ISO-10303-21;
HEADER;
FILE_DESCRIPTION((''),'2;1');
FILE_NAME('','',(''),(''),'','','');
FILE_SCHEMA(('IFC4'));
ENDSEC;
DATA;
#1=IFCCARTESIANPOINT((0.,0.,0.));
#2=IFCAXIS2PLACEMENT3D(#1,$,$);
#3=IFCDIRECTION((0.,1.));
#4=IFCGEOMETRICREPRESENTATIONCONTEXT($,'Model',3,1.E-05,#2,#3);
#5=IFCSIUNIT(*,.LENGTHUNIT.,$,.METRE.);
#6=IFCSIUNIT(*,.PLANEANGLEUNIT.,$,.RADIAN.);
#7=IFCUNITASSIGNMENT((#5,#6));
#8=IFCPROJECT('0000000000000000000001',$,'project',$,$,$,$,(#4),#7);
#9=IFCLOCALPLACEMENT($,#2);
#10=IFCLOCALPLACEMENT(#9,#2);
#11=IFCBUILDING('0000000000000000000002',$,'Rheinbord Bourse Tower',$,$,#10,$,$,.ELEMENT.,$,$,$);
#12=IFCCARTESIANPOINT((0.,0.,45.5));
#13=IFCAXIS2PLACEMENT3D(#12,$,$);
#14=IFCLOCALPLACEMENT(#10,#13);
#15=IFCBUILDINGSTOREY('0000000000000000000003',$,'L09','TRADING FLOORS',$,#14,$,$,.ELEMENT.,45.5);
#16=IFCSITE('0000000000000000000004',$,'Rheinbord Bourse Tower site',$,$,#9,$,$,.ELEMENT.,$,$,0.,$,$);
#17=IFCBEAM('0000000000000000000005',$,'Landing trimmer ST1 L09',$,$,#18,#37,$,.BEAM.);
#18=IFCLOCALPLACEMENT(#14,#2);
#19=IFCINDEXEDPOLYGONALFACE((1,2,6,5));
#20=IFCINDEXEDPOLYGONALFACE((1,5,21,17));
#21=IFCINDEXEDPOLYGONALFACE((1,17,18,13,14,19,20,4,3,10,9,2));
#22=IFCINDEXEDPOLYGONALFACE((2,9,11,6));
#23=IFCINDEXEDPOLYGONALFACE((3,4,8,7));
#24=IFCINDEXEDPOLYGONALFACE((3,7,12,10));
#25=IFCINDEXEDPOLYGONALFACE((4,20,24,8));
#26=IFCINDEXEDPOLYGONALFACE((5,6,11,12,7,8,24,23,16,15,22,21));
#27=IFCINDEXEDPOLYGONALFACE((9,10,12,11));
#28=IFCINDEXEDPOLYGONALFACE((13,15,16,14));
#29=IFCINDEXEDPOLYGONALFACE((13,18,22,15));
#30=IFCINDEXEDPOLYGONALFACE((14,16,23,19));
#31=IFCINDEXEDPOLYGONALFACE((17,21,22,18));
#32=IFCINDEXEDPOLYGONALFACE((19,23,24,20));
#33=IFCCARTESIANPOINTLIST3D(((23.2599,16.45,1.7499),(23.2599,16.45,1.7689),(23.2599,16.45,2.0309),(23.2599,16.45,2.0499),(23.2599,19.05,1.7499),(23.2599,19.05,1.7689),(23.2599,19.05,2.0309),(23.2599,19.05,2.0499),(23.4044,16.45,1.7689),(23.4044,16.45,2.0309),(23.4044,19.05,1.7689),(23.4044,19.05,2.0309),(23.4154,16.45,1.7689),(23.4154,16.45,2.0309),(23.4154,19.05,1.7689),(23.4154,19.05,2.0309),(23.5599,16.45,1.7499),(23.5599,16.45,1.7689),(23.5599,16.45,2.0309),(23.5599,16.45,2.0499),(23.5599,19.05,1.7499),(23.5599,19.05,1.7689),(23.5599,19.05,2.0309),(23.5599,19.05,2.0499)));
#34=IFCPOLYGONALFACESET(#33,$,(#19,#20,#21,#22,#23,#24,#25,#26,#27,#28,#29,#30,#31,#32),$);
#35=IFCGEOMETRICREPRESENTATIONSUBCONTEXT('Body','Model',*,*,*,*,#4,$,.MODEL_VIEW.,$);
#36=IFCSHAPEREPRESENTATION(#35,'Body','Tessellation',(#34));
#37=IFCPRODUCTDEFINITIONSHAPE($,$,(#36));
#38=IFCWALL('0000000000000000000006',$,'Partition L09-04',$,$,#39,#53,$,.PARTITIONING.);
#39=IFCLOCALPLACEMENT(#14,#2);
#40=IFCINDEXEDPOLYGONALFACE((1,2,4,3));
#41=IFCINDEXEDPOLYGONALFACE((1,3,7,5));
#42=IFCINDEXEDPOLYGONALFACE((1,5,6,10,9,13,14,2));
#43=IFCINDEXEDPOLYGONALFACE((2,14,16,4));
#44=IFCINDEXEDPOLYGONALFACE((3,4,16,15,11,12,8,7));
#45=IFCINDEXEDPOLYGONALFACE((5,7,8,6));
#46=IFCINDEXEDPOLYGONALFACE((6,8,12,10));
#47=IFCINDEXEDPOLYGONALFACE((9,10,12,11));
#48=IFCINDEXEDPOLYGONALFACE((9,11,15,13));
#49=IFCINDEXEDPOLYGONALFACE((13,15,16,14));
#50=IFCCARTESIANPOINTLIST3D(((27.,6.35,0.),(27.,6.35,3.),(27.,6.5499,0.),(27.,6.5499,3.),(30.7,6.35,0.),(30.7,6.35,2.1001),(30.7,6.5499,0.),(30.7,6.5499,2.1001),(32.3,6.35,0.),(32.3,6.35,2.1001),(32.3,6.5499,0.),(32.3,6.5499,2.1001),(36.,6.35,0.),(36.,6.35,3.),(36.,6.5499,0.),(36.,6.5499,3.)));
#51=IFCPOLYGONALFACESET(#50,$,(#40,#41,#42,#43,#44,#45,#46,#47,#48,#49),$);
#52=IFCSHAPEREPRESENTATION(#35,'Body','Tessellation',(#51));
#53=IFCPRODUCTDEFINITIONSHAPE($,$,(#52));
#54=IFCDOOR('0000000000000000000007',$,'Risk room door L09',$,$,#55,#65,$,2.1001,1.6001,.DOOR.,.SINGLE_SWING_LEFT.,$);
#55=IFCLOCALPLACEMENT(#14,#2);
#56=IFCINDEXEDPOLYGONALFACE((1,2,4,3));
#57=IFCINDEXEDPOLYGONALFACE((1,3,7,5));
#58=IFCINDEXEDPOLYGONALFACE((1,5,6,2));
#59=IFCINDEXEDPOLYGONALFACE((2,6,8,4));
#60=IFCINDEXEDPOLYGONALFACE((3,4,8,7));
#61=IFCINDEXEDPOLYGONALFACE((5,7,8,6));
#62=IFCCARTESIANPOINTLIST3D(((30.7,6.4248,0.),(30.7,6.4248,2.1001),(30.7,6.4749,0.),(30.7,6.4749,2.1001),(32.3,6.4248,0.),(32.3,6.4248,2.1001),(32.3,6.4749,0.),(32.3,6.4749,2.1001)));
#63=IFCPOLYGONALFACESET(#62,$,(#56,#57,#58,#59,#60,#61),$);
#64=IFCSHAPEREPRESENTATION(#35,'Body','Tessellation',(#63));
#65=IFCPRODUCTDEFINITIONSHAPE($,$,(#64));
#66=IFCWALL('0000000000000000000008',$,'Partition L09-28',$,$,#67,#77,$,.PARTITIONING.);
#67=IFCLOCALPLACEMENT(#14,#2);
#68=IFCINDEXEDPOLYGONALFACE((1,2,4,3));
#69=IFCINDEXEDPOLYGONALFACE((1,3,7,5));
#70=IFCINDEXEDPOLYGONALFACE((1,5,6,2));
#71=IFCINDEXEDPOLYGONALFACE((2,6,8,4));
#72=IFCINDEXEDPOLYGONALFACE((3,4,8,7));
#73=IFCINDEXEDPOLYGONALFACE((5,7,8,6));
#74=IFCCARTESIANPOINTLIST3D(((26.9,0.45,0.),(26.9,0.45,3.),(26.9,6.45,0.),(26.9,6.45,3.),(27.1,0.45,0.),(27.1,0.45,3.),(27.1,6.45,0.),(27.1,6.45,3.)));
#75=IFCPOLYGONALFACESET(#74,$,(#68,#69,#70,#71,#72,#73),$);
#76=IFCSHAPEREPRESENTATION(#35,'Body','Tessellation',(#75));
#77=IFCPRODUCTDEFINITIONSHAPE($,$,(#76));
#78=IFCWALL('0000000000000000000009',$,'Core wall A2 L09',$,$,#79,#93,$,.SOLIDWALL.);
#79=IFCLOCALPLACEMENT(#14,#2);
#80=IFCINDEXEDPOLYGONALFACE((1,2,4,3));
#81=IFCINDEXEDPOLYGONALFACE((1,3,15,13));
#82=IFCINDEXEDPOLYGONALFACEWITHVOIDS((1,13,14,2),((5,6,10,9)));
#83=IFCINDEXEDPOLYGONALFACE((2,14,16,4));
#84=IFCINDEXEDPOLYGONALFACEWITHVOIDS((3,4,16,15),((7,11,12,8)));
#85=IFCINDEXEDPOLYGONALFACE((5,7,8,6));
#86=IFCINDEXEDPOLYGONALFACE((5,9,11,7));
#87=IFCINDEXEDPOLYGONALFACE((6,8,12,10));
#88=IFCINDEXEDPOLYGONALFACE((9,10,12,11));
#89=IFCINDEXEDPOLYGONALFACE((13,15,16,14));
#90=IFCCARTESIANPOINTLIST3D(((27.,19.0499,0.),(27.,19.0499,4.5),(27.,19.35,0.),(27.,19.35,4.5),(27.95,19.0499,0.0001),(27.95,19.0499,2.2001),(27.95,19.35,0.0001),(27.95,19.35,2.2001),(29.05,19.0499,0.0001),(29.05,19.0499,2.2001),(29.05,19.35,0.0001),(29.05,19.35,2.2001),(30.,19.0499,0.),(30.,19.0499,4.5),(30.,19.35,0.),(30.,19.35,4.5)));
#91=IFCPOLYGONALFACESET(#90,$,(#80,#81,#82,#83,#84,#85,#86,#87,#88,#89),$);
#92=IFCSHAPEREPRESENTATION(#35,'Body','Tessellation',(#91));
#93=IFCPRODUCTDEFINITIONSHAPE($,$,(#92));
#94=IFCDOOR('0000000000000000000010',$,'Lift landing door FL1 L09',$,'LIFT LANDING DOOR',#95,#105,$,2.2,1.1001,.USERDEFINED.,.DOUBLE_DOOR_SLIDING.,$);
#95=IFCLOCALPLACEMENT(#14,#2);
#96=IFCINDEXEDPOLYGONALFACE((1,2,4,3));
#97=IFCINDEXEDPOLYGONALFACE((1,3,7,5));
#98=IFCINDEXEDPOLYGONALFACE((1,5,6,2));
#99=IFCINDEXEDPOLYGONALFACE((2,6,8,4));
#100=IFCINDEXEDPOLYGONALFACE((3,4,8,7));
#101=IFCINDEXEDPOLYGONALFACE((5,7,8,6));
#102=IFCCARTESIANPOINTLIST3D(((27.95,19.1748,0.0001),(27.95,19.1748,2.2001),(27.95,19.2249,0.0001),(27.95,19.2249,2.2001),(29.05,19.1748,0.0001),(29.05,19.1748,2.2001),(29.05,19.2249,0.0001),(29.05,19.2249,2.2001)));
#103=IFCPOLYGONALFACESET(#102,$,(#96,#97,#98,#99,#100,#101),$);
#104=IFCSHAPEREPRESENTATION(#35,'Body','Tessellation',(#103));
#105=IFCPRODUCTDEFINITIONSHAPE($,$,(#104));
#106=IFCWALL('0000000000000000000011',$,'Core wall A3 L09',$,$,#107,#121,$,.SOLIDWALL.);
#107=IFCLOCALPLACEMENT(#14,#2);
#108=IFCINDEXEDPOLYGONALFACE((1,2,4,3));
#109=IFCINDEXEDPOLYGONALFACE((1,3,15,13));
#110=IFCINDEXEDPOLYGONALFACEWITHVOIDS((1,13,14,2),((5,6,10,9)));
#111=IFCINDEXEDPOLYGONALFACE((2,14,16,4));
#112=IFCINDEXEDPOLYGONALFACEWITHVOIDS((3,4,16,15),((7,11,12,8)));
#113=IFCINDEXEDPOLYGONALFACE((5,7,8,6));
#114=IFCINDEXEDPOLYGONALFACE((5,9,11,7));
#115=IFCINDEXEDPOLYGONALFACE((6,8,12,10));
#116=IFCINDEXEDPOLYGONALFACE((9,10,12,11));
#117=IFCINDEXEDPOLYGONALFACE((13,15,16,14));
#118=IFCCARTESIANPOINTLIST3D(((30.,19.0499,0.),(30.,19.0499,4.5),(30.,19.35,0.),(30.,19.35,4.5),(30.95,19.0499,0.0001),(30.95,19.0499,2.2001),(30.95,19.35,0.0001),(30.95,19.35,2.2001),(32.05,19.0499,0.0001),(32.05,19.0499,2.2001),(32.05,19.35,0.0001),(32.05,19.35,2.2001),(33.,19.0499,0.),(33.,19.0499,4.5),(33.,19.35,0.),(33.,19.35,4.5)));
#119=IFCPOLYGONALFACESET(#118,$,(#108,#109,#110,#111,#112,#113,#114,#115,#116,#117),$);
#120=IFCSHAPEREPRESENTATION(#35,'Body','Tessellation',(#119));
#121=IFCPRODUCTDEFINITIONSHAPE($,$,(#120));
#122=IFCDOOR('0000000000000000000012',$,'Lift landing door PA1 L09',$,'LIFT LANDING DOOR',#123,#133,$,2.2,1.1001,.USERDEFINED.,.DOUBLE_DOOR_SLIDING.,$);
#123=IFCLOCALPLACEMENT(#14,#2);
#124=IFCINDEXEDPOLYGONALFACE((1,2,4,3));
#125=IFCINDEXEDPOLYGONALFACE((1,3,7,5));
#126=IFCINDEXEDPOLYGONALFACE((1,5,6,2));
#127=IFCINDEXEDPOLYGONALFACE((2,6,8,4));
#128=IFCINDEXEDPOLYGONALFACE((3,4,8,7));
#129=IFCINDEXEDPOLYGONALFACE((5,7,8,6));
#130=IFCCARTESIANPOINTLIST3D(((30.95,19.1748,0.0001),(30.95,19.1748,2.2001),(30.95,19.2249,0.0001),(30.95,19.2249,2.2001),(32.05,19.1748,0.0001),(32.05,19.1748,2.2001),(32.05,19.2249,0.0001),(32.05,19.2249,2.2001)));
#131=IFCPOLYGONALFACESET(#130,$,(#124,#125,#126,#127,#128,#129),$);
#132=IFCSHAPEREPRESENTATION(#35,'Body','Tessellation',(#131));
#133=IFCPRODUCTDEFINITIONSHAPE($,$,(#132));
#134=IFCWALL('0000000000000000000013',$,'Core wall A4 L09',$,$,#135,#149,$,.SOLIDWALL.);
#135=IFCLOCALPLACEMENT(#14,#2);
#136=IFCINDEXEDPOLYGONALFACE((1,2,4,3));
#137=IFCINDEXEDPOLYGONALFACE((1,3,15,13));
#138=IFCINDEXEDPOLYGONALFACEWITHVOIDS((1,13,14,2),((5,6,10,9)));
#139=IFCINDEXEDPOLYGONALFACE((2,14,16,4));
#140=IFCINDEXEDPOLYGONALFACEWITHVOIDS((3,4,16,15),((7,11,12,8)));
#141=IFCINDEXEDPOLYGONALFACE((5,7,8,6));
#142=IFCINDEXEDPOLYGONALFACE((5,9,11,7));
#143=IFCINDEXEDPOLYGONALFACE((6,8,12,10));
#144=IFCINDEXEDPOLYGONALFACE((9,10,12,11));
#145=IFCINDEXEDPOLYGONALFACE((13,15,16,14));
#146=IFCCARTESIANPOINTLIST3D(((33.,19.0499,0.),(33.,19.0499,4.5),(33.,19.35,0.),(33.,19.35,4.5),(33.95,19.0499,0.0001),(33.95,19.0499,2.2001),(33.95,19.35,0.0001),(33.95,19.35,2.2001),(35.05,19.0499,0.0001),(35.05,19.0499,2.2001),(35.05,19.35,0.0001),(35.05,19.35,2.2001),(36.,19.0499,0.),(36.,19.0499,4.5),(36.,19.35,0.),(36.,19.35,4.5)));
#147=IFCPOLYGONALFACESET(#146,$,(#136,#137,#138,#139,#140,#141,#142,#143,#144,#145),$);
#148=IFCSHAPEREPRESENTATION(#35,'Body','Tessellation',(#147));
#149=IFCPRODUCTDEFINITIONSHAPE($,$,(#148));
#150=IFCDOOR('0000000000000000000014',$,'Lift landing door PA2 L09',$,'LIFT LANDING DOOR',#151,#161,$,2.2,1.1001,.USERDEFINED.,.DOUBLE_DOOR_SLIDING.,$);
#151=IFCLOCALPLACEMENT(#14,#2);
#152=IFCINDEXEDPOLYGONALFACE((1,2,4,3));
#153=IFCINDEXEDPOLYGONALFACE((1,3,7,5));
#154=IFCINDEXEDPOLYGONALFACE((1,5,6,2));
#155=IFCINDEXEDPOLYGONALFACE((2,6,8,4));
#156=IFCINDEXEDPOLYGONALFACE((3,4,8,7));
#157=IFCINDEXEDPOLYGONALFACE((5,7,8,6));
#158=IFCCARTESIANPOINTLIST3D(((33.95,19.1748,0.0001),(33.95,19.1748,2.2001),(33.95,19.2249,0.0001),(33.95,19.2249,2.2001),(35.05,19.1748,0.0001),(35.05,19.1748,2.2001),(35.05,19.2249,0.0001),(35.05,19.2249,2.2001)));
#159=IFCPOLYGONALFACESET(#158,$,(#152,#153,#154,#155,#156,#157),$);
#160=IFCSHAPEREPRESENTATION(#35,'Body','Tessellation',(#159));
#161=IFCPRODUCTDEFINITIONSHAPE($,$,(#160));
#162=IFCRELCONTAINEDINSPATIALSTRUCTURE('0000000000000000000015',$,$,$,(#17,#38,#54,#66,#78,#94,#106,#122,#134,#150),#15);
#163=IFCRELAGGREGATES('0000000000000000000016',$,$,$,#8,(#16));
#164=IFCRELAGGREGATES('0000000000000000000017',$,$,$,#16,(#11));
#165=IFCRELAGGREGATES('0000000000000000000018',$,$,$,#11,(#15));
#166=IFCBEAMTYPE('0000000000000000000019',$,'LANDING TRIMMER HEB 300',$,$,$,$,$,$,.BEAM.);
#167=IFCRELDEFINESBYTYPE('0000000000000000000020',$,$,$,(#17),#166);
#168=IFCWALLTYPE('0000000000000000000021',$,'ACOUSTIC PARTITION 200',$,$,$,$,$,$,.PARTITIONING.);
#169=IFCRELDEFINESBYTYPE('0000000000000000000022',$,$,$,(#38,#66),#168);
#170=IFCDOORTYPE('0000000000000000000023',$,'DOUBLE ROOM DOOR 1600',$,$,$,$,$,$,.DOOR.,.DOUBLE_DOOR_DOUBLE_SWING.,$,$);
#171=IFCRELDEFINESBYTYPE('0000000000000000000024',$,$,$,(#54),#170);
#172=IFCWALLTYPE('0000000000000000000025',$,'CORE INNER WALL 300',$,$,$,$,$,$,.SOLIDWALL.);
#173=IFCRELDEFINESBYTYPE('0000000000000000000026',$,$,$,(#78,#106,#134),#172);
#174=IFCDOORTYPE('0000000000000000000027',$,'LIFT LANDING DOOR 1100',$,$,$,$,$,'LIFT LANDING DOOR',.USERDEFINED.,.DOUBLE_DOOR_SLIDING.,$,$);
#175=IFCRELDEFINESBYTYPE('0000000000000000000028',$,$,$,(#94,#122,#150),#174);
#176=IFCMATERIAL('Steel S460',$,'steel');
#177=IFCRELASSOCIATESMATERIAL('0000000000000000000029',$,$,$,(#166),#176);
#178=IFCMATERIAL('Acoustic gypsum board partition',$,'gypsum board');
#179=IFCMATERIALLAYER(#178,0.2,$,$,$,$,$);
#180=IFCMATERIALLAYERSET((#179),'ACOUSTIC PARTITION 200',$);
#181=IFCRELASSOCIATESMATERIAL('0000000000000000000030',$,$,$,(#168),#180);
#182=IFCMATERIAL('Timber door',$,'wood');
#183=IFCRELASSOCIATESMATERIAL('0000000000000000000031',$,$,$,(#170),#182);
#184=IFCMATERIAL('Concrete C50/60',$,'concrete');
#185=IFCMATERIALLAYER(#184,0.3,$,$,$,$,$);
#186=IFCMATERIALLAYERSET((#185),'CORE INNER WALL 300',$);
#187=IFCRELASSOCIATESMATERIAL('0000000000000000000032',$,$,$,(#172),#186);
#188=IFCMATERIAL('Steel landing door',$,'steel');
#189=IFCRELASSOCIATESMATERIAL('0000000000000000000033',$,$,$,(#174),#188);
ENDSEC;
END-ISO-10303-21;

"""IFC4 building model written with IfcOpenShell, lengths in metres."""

from ifc_helpers import new_model, si_unit, direction, frame, frame_2d, origin, origin_2d, place, context, subcontext, project, spatial, rectangle, i_section, extrude, material, layer, layer_set, material_profile, profile_set, type_object, element, fill, save


model = new_model("IFC4")

# Units and contexts
model_context = context("Model", 3, precision=1e-05, world=origin(), true_north=direction((0.0, 1.0)))
body_context = subcontext(model_context, "Body", "Model", "MODEL_VIEW")
ifc_project = project(units=[si_unit("LENGTHUNIT", "METRE"), si_unit("PLANEANGLEUNIT", "RADIAN")], contexts=[model_context])

# Site, building, storey
site_placement = place(None, origin())
site = spatial("IfcSite", under=ifc_project, at=site_placement, Name="Rheinbord Bourse Tower site", CompositionType="ELEMENT", RefElevation=0.0)
building_placement = place(site_placement, origin())
building = spatial("IfcBuilding", under=site, at=building_placement, Name="Rheinbord Bourse Tower", CompositionType="ELEMENT")
storey_placement = place(building_placement, frame((0.0, 0.0, 45.5)))
storey = spatial("IfcBuildingStorey", under=building, at=storey_placement, Name="L09", Description="TRADING FLOORS", CompositionType="ELEMENT", Elevation=45.5)

# Beam
ifc_material_1 = material(Name="Steel S460", Category="steel")
ifc_material_profile = material_profile(ifc_material_1, i_section(OverallWidth=0.3, OverallDepth=0.3, WebThickness=0.011, FlangeThickness=0.019, at=origin_2d()), Name="HEB 300")
ifc_profile_set = profile_set([ifc_material_profile], Name="Steel S460")
beam_type = type_object("IfcBeamType", Name="LANDING TRIMMER HEB 300", PredefinedType="BEAM", material=ifc_profile_set)
beam_placement = place(storey_placement, frame((23.4099, 16.45, 1.8999), z_axis=(0.0, 1.0, 0.0), x_axis=(-1.0, 0.0, 0.0)))
element("IfcBeam", 1, at=beam_placement, inside=storey, type_object=beam_type, Name="Landing trimmer ST1 L09", PredefinedType="BEAM", context=body_context, shape_type="SweptSolid", body=[
    extrude(i_section(OverallWidth=0.3, OverallDepth=0.3, WebThickness=0.011, FlangeThickness=0.019, at=origin_2d()), origin(), (0.0, 0.0, 1.0), 2.6001),
])

# Wall, opening, door
ifc_material_2 = material(Name="Acoustic gypsum board partition", Category="gypsum board")
ifc_layer_1 = layer(ifc_material_2, 0.2)
ifc_layer_set_1 = layer_set([ifc_layer_1], Name="ACOUSTIC PARTITION 200")
wall_type_1 = type_object("IfcWallType", Name="ACOUSTIC PARTITION 200", PredefinedType="PARTITIONING", material=ifc_layer_set_1)
wall_1_placement = place(storey_placement, frame((27.0, 6.45, 0.0), z_axis=(0.0, 0.0, 1.0), x_axis=(1.0, 0.0, 0.0)))
wall_1 = element("IfcWall", 2, at=wall_1_placement, inside=storey, type_object=wall_type_1, Name="Partition L09-04", PredefinedType="PARTITIONING", context=body_context, shape_type="SweptSolid", body=[
    extrude(rectangle(XDim=9.0, YDim=0.2, at=frame_2d((4.5, 0.0))), origin(), (0.0, 0.0, 1.0), 3.0),
])
opening_1_placement = place(wall_1_placement, frame((3.7, 0.0, 0.0)))
opening_1 = element("IfcOpeningElement", 3, at=opening_1_placement, cuts=wall_1, PredefinedType="OPENING", context=body_context, shape_type="SweptSolid", body=[
    extrude(rectangle(XDim=1.6001, YDim=2.1001, at=frame_2d((0.8, 1.05))), frame((0.0, 0.1099, 0.0), z_axis=(0.0, -1.0, 0.0), x_axis=(1.0, 0.0, 0.0)), (0.0, 0.0, 1.0), 0.22),
])
ifc_material_3 = material(Name="Timber door", Category="wood")
door_type_1 = type_object("IfcDoorType", Name="DOUBLE ROOM DOOR 1600", OperationType="DOUBLE_DOOR_DOUBLE_SWING", PredefinedType="DOOR", material=ifc_material_3)
door_1_placement = place(opening_1_placement, origin())
door_1 = element("IfcDoor", 4, at=door_1_placement, inside=storey, type_object=door_type_1, Name="Risk room door L09", OperationType="SINGLE_SWING_LEFT", OverallHeight=2.1001, OverallWidth=1.6001, PredefinedType="DOOR", context=body_context, shape_type="SweptSolid", body=[
    extrude(rectangle(XDim=1.6001, YDim=2.1001, at=frame_2d((0.8, 1.05))), frame((0.0, 0.0249, 0.0), z_axis=(0.0, -1.0, 0.0), x_axis=(1.0, 0.0, 0.0)), (0.0, 0.0, 1.0), 0.05),
])
fill(opening_1, door_1)

# Wall
wall_2_placement = place(storey_placement, frame((27.0, 0.45, 0.0), z_axis=(0.0, 0.0, 1.0), x_axis=(0.0, 1.0, 0.0)))
element("IfcWall", 5, at=wall_2_placement, inside=storey, type_object=wall_type_1, Name="Partition L09-28", PredefinedType="PARTITIONING", context=body_context, shape_type="SweptSolid", body=[
    extrude(rectangle(XDim=6.0, YDim=0.2, at=frame_2d((3.0, 0.0))), origin(), (0.0, 0.0, 1.0), 3.0),
])

# Walls, openings, doors
ifc_material_4 = material(Name="Concrete C50/60", Category="concrete")
ifc_layer_2 = layer(ifc_material_4, 0.3)
ifc_layer_set_2 = layer_set([ifc_layer_2], Name="CORE INNER WALL 300")
wall_type_2 = type_object("IfcWallType", Name="CORE INNER WALL 300", PredefinedType="SOLIDWALL", material=ifc_layer_set_2)
wall_3_placement = place(storey_placement, frame((27.0, 19.2, 0.0), z_axis=(0.0, 0.0, 1.0), x_axis=(1.0, 0.0, 0.0)))
wall_3 = element("IfcWall", 6, at=wall_3_placement, inside=storey, type_object=wall_type_2, Name="Core wall A2 L09", PredefinedType="SOLIDWALL", context=body_context, shape_type="SweptSolid", body=[
    extrude(rectangle(XDim=3.0, YDim=0.3, at=frame_2d((1.5, 0.0))), origin(), (0.0, 0.0, 1.0), 4.5),
])
opening_2_placement = place(wall_3_placement, frame((0.95, 0.0, 0.0)))
opening_2 = element("IfcOpeningElement", 7, at=opening_2_placement, cuts=wall_3, PredefinedType="OPENING", context=body_context, shape_type="SweptSolid", body=[
    extrude(rectangle(XDim=1.1001, YDim=2.2, at=frame_2d((0.55, 1.1001))), frame((0.0, 0.1599, 0.0), z_axis=(0.0, -1.0, 0.0), x_axis=(1.0, 0.0, 0.0)), (0.0, 0.0, 1.0), 0.3201),
])
ifc_material_5 = material(Name="Steel landing door", Category="steel")
door_type_2 = type_object("IfcDoorType", Name="LIFT LANDING DOOR 1100", ElementType="LIFT LANDING DOOR", OperationType="DOUBLE_DOOR_SLIDING", PredefinedType="USERDEFINED", material=ifc_material_5)
door_2_placement = place(opening_2_placement, origin())
door_2 = element("IfcDoor", 8, at=door_2_placement, inside=storey, type_object=door_type_2, Name="Lift landing door FL1 L09", ObjectType="LIFT LANDING DOOR", OperationType="DOUBLE_DOOR_SLIDING", OverallHeight=2.2, OverallWidth=1.1001, PredefinedType="USERDEFINED", context=body_context, shape_type="SweptSolid", body=[
    extrude(rectangle(XDim=1.1001, YDim=2.2, at=frame_2d((0.55, 1.1001))), frame((0.0, 0.0249, 0.0), z_axis=(0.0, -1.0, 0.0), x_axis=(1.0, 0.0, 0.0)), (0.0, 0.0, 1.0), 0.05),
])
fill(opening_2, door_2)
wall_4_placement = place(storey_placement, frame((30.0, 19.2, 0.0), z_axis=(0.0, 0.0, 1.0), x_axis=(1.0, 0.0, 0.0)))
wall_4 = element("IfcWall", 9, at=wall_4_placement, inside=storey, type_object=wall_type_2, Name="Core wall A3 L09", PredefinedType="SOLIDWALL", context=body_context, shape_type="SweptSolid", body=[
    extrude(rectangle(XDim=3.0, YDim=0.3, at=frame_2d((1.5, 0.0))), origin(), (0.0, 0.0, 1.0), 4.5),
])
opening_3_placement = place(wall_4_placement, frame((0.95, 0.0, 0.0)))
opening_3 = element("IfcOpeningElement", 10, at=opening_3_placement, cuts=wall_4, PredefinedType="OPENING", context=body_context, shape_type="SweptSolid", body=[
    extrude(rectangle(XDim=1.1001, YDim=2.2, at=frame_2d((0.55, 1.1001))), frame((0.0, 0.1599, 0.0), z_axis=(0.0, -1.0, 0.0), x_axis=(1.0, 0.0, 0.0)), (0.0, 0.0, 1.0), 0.3201),
])
door_3_placement = place(opening_3_placement, origin())
door_3 = element("IfcDoor", 11, at=door_3_placement, inside=storey, type_object=door_type_2, Name="Lift landing door PA1 L09", ObjectType="LIFT LANDING DOOR", OperationType="DOUBLE_DOOR_SLIDING", OverallHeight=2.2, OverallWidth=1.1001, PredefinedType="USERDEFINED", context=body_context, shape_type="SweptSolid", body=[
    extrude(rectangle(XDim=1.1001, YDim=2.2, at=frame_2d((0.55, 1.1001))), frame((0.0, 0.0249, 0.0), z_axis=(0.0, -1.0, 0.0), x_axis=(1.0, 0.0, 0.0)), (0.0, 0.0, 1.0), 0.05),
])
fill(opening_3, door_3)
wall_5_placement = place(storey_placement, frame((33.0, 19.2, 0.0), z_axis=(0.0, 0.0, 1.0), x_axis=(1.0, 0.0, 0.0)))
wall_5 = element("IfcWall", 12, at=wall_5_placement, inside=storey, type_object=wall_type_2, Name="Core wall A4 L09", PredefinedType="SOLIDWALL", context=body_context, shape_type="SweptSolid", body=[
    extrude(rectangle(XDim=3.0, YDim=0.3, at=frame_2d((1.5, 0.0))), origin(), (0.0, 0.0, 1.0), 4.5),
])
opening_4_placement = place(wall_5_placement, frame((0.95, 0.0, 0.0)))
opening_4 = element("IfcOpeningElement", 13, at=opening_4_placement, cuts=wall_5, PredefinedType="OPENING", context=body_context, shape_type="SweptSolid", body=[
    extrude(rectangle(XDim=1.1001, YDim=2.2, at=frame_2d((0.55, 1.1001))), frame((0.0, 0.1599, 0.0), z_axis=(0.0, -1.0, 0.0), x_axis=(1.0, 0.0, 0.0)), (0.0, 0.0, 1.0), 0.3201),
])
door_4_placement = place(opening_4_placement, origin())
door_4 = element("IfcDoor", 14, at=door_4_placement, inside=storey, type_object=door_type_2, Name="Lift landing door PA2 L09", ObjectType="LIFT LANDING DOOR", OperationType="DOUBLE_DOOR_SLIDING", OverallHeight=2.2, OverallWidth=1.1001, PredefinedType="USERDEFINED", context=body_context, shape_type="SweptSolid", body=[
    extrude(rectangle(XDim=1.1001, YDim=2.2, at=frame_2d((0.55, 1.1001))), frame((0.0, 0.0249, 0.0), z_axis=(0.0, -1.0, 0.0), x_axis=(1.0, 0.0, 0.0)), (0.0, 0.0, 1.0), 0.05),
])
fill(opening_4, door_4)

save(model, "model.ifc")
